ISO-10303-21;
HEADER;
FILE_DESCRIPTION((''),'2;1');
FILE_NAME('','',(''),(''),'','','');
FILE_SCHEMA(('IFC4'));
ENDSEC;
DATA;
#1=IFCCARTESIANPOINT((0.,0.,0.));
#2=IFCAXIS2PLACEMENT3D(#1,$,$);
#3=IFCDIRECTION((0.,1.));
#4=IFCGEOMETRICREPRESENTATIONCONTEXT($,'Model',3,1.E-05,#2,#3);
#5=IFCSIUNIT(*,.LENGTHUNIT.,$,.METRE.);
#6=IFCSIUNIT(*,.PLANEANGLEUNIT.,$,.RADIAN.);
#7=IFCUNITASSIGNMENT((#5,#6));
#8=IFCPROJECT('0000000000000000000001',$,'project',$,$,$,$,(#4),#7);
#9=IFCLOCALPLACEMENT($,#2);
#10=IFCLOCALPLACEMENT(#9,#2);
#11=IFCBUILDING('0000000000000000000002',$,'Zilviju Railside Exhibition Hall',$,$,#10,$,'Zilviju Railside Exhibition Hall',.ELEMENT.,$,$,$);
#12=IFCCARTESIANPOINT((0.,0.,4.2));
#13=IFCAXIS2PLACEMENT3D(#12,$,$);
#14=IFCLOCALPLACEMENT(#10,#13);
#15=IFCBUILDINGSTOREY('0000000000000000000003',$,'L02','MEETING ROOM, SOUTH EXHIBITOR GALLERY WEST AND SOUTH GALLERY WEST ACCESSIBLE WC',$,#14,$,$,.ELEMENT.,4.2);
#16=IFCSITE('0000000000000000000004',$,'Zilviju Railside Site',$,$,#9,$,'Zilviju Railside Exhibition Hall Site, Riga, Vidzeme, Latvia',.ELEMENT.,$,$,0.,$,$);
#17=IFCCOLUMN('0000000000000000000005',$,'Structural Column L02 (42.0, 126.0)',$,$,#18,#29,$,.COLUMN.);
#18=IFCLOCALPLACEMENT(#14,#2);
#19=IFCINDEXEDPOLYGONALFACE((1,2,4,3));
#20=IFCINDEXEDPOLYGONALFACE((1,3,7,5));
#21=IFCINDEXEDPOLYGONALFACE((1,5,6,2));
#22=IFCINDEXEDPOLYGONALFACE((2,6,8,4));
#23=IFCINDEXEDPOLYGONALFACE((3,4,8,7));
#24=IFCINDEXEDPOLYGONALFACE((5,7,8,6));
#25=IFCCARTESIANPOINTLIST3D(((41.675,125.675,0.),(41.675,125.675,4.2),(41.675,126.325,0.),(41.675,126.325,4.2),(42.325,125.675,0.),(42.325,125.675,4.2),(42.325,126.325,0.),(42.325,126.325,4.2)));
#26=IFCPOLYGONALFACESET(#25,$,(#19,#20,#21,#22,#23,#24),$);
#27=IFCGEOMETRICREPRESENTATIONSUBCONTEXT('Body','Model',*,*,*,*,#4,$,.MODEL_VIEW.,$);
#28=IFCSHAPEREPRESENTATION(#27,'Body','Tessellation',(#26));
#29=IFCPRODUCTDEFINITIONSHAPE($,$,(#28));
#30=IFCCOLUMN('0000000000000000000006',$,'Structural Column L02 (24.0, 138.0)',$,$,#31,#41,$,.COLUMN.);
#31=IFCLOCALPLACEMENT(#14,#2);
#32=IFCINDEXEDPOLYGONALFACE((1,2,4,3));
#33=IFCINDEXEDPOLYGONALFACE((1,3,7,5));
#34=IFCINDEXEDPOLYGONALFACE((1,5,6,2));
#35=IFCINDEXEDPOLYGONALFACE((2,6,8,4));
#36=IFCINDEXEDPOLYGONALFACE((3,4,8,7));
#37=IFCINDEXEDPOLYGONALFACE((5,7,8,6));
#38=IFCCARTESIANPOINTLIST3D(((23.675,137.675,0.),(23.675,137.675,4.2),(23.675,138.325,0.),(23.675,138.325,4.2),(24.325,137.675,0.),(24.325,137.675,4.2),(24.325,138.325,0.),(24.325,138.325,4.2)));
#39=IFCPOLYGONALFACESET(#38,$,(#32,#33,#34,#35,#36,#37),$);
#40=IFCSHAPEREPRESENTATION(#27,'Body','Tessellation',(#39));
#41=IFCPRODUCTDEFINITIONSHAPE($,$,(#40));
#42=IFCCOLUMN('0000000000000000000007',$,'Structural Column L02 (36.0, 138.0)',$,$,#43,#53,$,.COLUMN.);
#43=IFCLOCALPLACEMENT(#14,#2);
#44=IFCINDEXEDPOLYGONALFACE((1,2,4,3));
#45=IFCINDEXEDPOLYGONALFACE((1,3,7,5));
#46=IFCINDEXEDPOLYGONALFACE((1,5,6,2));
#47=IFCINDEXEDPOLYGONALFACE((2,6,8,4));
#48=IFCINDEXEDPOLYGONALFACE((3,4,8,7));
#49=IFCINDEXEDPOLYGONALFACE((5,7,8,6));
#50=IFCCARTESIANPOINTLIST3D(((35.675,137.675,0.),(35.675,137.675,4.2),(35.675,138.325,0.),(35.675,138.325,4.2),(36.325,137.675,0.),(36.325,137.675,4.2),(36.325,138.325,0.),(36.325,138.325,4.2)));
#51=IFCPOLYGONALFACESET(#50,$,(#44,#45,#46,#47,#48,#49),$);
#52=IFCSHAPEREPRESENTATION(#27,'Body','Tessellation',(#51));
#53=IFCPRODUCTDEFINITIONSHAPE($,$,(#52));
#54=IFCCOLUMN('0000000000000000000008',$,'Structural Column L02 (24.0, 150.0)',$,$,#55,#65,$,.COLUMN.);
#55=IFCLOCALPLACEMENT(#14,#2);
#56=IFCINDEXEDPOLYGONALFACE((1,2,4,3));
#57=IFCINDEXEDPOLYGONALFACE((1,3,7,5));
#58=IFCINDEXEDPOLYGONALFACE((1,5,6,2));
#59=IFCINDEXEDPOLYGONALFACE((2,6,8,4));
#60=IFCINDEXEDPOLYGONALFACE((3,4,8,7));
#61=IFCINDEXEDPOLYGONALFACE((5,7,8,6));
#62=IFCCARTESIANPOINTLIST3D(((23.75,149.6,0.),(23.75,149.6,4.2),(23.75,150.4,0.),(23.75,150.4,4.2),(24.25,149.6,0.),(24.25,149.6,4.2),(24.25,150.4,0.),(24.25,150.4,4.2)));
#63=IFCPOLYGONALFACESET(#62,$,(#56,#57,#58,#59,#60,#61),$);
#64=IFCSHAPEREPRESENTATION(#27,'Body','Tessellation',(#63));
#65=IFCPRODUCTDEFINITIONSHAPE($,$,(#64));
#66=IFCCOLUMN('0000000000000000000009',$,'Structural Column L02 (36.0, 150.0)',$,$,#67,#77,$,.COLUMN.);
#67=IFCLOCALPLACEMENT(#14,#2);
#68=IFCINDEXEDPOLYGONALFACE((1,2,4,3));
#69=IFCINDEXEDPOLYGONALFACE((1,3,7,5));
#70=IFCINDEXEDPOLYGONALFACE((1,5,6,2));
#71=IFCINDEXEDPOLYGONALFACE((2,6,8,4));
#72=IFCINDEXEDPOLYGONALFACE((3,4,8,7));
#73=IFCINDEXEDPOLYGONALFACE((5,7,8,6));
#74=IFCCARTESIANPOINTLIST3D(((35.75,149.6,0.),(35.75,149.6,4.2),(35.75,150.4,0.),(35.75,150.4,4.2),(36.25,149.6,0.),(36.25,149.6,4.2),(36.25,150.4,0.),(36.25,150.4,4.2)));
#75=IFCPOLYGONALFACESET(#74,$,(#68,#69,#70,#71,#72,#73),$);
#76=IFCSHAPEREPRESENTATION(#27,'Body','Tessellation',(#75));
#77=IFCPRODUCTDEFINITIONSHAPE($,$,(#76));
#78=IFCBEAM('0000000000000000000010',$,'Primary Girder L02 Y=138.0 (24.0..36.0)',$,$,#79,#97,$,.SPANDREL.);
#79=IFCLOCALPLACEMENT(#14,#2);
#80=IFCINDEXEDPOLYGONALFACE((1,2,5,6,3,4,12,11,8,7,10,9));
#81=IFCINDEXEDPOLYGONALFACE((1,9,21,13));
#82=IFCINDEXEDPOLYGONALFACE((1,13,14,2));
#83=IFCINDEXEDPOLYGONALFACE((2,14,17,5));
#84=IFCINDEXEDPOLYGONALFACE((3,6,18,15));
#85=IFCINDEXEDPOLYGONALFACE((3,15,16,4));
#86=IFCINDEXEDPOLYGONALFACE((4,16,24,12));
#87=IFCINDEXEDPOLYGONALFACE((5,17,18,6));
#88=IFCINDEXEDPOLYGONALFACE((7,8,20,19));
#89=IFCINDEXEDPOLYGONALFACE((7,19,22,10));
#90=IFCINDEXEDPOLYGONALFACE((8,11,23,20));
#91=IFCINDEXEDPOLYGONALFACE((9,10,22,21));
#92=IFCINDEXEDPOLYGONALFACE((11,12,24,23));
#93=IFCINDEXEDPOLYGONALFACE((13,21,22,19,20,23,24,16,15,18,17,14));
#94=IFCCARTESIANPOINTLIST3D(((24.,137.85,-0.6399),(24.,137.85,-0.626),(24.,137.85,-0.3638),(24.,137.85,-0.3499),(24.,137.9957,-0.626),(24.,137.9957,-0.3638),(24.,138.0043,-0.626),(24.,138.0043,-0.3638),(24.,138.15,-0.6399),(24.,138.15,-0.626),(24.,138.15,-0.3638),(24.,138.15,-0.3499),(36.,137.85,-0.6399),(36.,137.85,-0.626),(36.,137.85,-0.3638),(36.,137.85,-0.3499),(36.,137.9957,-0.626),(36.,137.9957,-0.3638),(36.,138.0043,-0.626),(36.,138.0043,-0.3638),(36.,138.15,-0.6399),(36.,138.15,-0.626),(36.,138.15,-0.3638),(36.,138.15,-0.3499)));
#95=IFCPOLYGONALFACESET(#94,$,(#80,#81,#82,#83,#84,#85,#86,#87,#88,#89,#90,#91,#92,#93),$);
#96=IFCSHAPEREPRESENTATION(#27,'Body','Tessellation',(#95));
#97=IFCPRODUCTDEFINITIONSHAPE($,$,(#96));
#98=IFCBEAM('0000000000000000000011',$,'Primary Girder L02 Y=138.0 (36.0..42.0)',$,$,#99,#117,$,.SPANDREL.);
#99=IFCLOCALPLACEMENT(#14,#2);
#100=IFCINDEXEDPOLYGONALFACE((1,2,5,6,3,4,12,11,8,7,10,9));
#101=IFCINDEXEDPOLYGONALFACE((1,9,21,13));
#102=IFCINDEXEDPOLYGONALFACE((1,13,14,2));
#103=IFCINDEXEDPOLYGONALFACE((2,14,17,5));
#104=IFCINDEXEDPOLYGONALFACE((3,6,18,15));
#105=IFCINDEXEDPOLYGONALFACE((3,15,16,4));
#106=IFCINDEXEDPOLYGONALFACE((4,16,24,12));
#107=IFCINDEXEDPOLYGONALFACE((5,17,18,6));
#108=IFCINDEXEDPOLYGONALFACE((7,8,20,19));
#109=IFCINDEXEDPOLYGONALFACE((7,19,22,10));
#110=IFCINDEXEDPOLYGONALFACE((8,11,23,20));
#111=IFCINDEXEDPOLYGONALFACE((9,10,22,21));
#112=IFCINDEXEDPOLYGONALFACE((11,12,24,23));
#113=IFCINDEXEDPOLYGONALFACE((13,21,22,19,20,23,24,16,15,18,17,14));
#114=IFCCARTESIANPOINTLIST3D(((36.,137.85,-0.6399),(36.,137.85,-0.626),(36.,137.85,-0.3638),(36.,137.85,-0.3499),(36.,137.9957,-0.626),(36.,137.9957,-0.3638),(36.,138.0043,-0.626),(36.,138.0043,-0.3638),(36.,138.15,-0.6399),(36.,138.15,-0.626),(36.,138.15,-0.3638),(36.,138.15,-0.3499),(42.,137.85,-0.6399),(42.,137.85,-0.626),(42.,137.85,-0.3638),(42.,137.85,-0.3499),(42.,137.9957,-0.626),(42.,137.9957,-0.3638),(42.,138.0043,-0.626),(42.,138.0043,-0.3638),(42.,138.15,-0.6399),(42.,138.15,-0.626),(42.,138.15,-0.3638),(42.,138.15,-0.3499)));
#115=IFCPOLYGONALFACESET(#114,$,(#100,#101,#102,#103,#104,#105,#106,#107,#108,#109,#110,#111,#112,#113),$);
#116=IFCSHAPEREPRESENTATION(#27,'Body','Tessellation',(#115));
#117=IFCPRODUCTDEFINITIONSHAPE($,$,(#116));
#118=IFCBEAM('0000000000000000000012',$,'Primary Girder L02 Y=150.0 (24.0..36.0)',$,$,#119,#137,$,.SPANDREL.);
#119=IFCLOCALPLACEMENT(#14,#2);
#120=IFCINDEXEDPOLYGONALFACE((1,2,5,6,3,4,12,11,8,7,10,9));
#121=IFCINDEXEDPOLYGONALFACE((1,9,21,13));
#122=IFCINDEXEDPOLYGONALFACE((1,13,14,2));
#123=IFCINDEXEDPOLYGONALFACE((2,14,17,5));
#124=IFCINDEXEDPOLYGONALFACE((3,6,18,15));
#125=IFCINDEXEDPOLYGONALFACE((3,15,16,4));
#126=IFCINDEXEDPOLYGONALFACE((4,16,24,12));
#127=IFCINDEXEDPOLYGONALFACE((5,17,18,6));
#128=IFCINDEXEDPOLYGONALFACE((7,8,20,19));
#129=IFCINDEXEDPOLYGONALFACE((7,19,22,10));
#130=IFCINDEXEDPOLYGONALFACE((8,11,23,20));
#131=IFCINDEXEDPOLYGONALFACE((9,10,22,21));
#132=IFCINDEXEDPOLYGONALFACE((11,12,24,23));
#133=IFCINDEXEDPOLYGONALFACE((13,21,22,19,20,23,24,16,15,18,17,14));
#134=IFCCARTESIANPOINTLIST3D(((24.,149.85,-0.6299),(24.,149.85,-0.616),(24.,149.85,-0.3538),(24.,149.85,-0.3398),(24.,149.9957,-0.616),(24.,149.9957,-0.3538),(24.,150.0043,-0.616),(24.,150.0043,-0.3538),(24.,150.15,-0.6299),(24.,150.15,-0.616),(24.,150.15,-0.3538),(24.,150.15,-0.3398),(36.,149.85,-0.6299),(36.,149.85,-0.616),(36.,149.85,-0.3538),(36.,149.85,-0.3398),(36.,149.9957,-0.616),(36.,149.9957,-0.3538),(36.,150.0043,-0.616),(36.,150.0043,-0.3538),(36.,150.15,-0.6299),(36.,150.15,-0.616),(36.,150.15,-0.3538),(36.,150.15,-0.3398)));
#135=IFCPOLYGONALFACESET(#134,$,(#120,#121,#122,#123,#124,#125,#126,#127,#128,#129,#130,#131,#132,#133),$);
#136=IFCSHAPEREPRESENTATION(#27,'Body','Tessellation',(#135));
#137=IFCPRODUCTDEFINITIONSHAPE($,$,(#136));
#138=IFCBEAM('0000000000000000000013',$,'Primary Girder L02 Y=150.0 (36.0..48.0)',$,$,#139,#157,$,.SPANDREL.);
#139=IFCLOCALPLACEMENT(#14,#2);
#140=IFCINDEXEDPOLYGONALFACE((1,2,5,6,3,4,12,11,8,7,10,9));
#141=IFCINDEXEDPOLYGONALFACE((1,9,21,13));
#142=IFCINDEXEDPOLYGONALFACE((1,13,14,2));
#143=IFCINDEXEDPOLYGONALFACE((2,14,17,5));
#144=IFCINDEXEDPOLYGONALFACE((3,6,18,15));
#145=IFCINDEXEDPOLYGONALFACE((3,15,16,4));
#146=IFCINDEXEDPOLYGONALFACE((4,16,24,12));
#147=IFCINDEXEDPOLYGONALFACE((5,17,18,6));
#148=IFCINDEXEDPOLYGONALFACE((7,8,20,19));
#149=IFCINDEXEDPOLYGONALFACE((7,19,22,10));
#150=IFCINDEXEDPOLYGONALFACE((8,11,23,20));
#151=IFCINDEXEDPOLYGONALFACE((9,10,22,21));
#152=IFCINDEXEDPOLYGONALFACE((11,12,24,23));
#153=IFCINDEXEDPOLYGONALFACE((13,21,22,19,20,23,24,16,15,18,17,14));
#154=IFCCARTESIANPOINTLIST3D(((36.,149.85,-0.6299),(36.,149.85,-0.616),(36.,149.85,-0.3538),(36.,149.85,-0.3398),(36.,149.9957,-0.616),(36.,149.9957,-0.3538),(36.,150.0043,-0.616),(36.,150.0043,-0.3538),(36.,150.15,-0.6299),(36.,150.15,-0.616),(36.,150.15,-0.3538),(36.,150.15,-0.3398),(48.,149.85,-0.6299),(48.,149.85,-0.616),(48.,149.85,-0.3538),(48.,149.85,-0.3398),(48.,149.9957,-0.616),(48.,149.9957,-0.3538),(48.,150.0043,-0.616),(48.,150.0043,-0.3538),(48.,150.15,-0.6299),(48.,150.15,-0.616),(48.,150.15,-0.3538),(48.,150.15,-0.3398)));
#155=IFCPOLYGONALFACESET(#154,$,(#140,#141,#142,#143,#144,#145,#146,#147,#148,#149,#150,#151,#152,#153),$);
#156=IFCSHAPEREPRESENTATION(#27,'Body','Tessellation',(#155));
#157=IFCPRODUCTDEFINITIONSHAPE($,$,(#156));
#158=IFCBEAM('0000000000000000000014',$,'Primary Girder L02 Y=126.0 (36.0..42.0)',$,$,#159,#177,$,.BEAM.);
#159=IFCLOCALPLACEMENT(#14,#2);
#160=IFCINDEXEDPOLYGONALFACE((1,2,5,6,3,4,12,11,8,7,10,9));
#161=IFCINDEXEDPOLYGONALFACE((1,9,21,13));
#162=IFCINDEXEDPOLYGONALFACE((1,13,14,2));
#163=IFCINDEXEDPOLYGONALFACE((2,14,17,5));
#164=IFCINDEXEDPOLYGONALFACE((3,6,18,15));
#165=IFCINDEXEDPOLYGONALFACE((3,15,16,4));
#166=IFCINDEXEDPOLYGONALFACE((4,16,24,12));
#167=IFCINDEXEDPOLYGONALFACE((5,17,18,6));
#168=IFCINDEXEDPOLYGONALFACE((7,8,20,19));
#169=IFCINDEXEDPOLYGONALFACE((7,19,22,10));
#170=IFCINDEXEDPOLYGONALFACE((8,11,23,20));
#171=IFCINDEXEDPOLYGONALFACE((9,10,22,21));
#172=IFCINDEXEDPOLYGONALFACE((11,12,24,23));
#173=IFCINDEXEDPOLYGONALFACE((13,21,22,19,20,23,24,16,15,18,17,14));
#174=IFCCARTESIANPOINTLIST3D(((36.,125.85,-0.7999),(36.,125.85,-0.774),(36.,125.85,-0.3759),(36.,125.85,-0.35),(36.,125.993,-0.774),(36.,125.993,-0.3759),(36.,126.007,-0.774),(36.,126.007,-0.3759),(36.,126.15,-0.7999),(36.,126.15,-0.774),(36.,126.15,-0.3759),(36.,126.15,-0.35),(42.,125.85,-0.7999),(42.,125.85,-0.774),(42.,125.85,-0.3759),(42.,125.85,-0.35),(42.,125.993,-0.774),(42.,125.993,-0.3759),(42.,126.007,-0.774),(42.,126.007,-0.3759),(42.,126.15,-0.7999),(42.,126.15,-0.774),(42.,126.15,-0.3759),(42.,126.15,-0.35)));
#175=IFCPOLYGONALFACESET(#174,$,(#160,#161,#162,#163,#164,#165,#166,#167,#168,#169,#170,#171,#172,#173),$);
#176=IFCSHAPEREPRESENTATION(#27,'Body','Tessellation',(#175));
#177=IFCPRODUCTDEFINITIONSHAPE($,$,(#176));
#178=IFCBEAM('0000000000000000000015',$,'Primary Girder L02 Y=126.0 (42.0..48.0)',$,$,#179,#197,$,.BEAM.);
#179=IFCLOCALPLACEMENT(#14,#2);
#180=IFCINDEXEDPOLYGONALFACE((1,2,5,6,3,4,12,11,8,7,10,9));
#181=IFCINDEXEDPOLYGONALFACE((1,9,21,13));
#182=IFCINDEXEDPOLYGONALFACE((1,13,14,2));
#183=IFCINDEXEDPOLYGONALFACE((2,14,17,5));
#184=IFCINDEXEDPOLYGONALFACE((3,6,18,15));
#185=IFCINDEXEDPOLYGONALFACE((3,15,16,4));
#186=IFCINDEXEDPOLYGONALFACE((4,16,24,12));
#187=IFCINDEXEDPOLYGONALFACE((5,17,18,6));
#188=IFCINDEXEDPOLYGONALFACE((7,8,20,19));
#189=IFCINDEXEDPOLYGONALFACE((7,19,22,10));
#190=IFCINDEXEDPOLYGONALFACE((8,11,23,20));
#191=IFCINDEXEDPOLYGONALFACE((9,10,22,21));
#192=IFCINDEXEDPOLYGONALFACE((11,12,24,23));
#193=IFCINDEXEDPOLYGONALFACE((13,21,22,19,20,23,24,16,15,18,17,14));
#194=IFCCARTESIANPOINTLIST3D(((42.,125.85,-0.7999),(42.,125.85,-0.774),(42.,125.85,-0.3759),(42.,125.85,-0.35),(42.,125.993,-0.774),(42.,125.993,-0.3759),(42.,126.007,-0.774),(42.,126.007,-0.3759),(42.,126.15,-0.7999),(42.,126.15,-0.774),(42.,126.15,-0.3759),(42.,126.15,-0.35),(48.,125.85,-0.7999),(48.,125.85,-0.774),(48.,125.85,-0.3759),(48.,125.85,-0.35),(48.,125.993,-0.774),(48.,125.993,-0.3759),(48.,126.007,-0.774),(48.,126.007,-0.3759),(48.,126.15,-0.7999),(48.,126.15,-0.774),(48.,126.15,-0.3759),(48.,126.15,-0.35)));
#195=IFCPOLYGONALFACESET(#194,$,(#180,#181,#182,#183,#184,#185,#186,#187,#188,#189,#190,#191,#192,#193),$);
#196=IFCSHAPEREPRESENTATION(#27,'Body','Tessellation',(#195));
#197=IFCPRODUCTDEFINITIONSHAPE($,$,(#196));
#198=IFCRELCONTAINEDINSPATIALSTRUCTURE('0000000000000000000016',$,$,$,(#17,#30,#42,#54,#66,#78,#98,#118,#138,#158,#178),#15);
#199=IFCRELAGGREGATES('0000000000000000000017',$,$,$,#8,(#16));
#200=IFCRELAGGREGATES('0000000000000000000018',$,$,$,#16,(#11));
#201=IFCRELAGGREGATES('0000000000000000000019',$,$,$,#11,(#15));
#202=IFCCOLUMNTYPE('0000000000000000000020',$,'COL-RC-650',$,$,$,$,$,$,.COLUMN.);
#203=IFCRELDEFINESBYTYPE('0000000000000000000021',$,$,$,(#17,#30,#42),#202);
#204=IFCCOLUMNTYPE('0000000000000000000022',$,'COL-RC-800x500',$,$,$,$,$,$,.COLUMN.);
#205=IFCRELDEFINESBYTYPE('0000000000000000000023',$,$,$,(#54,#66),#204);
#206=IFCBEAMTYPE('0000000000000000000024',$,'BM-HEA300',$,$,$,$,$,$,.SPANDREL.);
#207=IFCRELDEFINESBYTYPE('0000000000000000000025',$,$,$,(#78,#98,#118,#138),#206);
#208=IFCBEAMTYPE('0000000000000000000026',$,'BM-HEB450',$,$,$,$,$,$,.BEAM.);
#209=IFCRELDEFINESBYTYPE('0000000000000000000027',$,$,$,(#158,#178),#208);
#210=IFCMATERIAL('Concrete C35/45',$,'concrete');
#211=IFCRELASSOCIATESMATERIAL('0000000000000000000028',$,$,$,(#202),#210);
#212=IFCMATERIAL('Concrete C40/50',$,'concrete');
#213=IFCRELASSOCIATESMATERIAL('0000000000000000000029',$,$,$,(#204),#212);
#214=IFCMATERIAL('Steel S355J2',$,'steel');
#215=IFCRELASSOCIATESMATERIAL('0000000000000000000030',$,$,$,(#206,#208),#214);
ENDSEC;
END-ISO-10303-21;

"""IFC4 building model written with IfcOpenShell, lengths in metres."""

from ifc_helpers import new_model, si_unit, direction, frame, origin, origin_2d, place, context, subcontext, project, spatial, rectangle, i_section, extrude, material, material_profile, profile_set, type_object, element, save


model = new_model("IFC4")

# Units and contexts
model_context = context("Model", 3, precision=1e-05, world=origin(), true_north=direction((0.0, 1.0)))
body_context = subcontext(model_context, "Body", "Model", "MODEL_VIEW")
ifc_project = project(units=[si_unit("LENGTHUNIT", "METRE"), si_unit("PLANEANGLEUNIT", "RADIAN")], contexts=[model_context])

# Site, building, storey
site_placement = place(None, origin())
site = spatial("IfcSite", under=ifc_project, at=site_placement, Name="Zilviju Railside Site", LongName="Zilviju Railside Exhibition Hall Site, Riga, Vidzeme, Latvia", CompositionType="ELEMENT", RefElevation=0.0)
building_placement = place(site_placement, origin())
building = spatial("IfcBuilding", under=site, at=building_placement, Name="Zilviju Railside Exhibition Hall", LongName="Zilviju Railside Exhibition Hall", CompositionType="ELEMENT")
storey_placement = place(building_placement, frame((0.0, 0.0, 4.2)))
storey = spatial("IfcBuildingStorey", under=building, at=storey_placement, Name="L02", Description="MEETING ROOM, SOUTH EXHIBITOR GALLERY WEST AND SOUTH GALLERY WEST ACCESSIBLE WC", CompositionType="ELEMENT", Elevation=4.2)

# Columns
ifc_material_1 = material(Name="Concrete C35/45", Category="concrete")
ifc_material_profile_1 = material_profile(ifc_material_1, rectangle(XDim=0.6499, YDim=0.6499, at=origin_2d()), Name="RC COL 650x650")
ifc_profile_set_1 = profile_set([ifc_material_profile_1], Name="Concrete C35/45")
column_type_1 = type_object("IfcColumnType", Name="COL-RC-650", PredefinedType="COLUMN", material=ifc_profile_set_1)
for number, where, z_axis, x_axis, name in (
    (1, (42.0, 126.0, 0.0), (0.0, 0.0, 1.0), (1.0, 0.0, 0.0), "Structural Column L02 (42.0, 126.0)"),
    (2, (24.0, 138.0, 0.0), (0.0, 0.0, 1.0), (1.0, 0.0, 0.0), "Structural Column L02 (24.0, 138.0)"),
    (3, (36.0, 138.0, 0.0), (0.0, 0.0, 1.0), (1.0, 0.0, 0.0), "Structural Column L02 (36.0, 138.0)"),
):
    element("IfcColumn", number, at=place(storey_placement, frame(where, z_axis=z_axis, x_axis=x_axis)), inside=storey, type_object=column_type_1, Name=name, PredefinedType="COLUMN", context=body_context, shape_type="SweptSolid", body=[
        extrude(rectangle(XDim=0.6499, YDim=0.6499, at=origin_2d()), origin(), (0.0, 0.0, 1.0), 4.2),
    ])
ifc_material_2 = material(Name="Concrete C40/50", Category="concrete")
ifc_material_profile_2 = material_profile(ifc_material_2, rectangle(XDim=0.5, YDim=0.8, at=origin_2d()), Name="RC COL 500x800")
ifc_profile_set_2 = profile_set([ifc_material_profile_2], Name="Concrete C40/50")
column_type_2 = type_object("IfcColumnType", Name="COL-RC-800x500", PredefinedType="COLUMN", material=ifc_profile_set_2)
for number, where, z_axis, x_axis, name in (
    (4, (24.0, 150.0, 0.0), (0.0, 0.0, 1.0), (1.0, 0.0, 0.0), "Structural Column L02 (24.0, 150.0)"),
    (5, (36.0, 150.0, 0.0), (0.0, 0.0, 1.0), (1.0, 0.0, 0.0), "Structural Column L02 (36.0, 150.0)"),
):
    element("IfcColumn", number, at=place(storey_placement, frame(where, z_axis=z_axis, x_axis=x_axis)), inside=storey, type_object=column_type_2, Name=name, PredefinedType="COLUMN", context=body_context, shape_type="SweptSolid", body=[
        extrude(rectangle(XDim=0.5, YDim=0.8, at=origin_2d()), origin(), (0.0, 0.0, 1.0), 4.2),
    ])

# Beams
ifc_material_3 = material(Name="Steel S355J2", Category="steel")
ifc_material_profile_3 = material_profile(ifc_material_3, i_section(OverallWidth=0.3, OverallDepth=0.29, WebThickness=0.0085, FlangeThickness=0.0139, at=origin_2d()), Name="HEA 300")
ifc_profile_set_3 = profile_set([ifc_material_profile_3], Name="Steel S355J2")
beam_type_1 = type_object("IfcBeamType", Name="BM-HEA300", PredefinedType="SPANDREL", material=ifc_profile_set_3)
beam_1_placement = place(storey_placement, frame((24.0, 138.0, -0.4949), z_axis=(1.0, 0.0, 0.0), x_axis=(0.0, 1.0, 0.0)))
element("IfcBeam", 6, at=beam_1_placement, inside=storey, type_object=beam_type_1, Name="Primary Girder L02 Y=138.0 (24.0..36.0)", PredefinedType="SPANDREL", context=body_context, shape_type="SweptSolid", body=[
    extrude(i_section(OverallWidth=0.3, OverallDepth=0.29, WebThickness=0.0085, FlangeThickness=0.0139, at=origin_2d()), origin(), (0.0, 0.0, 1.0), 12.0),
])
beam_2_placement = place(storey_placement, frame((36.0, 138.0, -0.4949), z_axis=(1.0, 0.0, 0.0), x_axis=(0.0, 1.0, 0.0)))
element("IfcBeam", 7, at=beam_2_placement, inside=storey, type_object=beam_type_1, Name="Primary Girder L02 Y=138.0 (36.0..42.0)", PredefinedType="SPANDREL", context=body_context, shape_type="SweptSolid", body=[
    extrude(i_section(OverallWidth=0.3, OverallDepth=0.29, WebThickness=0.0085, FlangeThickness=0.0139, at=origin_2d()), origin(), (0.0, 0.0, 1.0), 6.0),
])
for number, where, z_axis, x_axis, name in (
    (8, (24.0, 150.0, -0.4849), (1.0, 0.0, 0.0), (0.0, 1.0, 0.0), "Primary Girder L02 Y=150.0 (24.0..36.0)"),
    (9, (36.0, 150.0, -0.4849), (1.0, 0.0, 0.0), (0.0, 1.0, 0.0), "Primary Girder L02 Y=150.0 (36.0..48.0)"),
):
    element("IfcBeam", number, at=place(storey_placement, frame(where, z_axis=z_axis, x_axis=x_axis)), inside=storey, type_object=beam_type_1, Name=name, PredefinedType="SPANDREL", context=body_context, shape_type="SweptSolid", body=[
        extrude(i_section(OverallWidth=0.3, OverallDepth=0.29, WebThickness=0.0085, FlangeThickness=0.0139, at=origin_2d()), origin(), (0.0, 0.0, 1.0), 12.0),
    ])
ifc_material_profile_4 = material_profile(ifc_material_3, i_section(OverallWidth=0.3, OverallDepth=0.45, WebThickness=0.0139, FlangeThickness=0.0259, at=origin_2d()), Name="HEB 450")
ifc_profile_set_4 = profile_set([ifc_material_profile_4], Name="Steel S355J2")
beam_type_2 = type_object("IfcBeamType", Name="BM-HEB450", PredefinedType="BEAM", material=ifc_profile_set_4)
for number, where, z_axis, x_axis, name in (
    (10, (36.0, 126.0, -0.575), (1.0, 0.0, 0.0), (0.0, 1.0, 0.0), "Primary Girder L02 Y=126.0 (36.0..42.0)"),
    (11, (42.0, 126.0, -0.575), (1.0, 0.0, 0.0), (0.0, 1.0, 0.0), "Primary Girder L02 Y=126.0 (42.0..48.0)"),
):
    element("IfcBeam", number, at=place(storey_placement, frame(where, z_axis=z_axis, x_axis=x_axis)), inside=storey, type_object=beam_type_2, Name=name, PredefinedType="BEAM", context=body_context, shape_type="SweptSolid", body=[
        extrude(i_section(OverallWidth=0.3, OverallDepth=0.45, WebThickness=0.0139, FlangeThickness=0.0259, at=origin_2d()), origin(), (0.0, 0.0, 1.0), 6.0),
    ])

save(model, "model.ifc")
